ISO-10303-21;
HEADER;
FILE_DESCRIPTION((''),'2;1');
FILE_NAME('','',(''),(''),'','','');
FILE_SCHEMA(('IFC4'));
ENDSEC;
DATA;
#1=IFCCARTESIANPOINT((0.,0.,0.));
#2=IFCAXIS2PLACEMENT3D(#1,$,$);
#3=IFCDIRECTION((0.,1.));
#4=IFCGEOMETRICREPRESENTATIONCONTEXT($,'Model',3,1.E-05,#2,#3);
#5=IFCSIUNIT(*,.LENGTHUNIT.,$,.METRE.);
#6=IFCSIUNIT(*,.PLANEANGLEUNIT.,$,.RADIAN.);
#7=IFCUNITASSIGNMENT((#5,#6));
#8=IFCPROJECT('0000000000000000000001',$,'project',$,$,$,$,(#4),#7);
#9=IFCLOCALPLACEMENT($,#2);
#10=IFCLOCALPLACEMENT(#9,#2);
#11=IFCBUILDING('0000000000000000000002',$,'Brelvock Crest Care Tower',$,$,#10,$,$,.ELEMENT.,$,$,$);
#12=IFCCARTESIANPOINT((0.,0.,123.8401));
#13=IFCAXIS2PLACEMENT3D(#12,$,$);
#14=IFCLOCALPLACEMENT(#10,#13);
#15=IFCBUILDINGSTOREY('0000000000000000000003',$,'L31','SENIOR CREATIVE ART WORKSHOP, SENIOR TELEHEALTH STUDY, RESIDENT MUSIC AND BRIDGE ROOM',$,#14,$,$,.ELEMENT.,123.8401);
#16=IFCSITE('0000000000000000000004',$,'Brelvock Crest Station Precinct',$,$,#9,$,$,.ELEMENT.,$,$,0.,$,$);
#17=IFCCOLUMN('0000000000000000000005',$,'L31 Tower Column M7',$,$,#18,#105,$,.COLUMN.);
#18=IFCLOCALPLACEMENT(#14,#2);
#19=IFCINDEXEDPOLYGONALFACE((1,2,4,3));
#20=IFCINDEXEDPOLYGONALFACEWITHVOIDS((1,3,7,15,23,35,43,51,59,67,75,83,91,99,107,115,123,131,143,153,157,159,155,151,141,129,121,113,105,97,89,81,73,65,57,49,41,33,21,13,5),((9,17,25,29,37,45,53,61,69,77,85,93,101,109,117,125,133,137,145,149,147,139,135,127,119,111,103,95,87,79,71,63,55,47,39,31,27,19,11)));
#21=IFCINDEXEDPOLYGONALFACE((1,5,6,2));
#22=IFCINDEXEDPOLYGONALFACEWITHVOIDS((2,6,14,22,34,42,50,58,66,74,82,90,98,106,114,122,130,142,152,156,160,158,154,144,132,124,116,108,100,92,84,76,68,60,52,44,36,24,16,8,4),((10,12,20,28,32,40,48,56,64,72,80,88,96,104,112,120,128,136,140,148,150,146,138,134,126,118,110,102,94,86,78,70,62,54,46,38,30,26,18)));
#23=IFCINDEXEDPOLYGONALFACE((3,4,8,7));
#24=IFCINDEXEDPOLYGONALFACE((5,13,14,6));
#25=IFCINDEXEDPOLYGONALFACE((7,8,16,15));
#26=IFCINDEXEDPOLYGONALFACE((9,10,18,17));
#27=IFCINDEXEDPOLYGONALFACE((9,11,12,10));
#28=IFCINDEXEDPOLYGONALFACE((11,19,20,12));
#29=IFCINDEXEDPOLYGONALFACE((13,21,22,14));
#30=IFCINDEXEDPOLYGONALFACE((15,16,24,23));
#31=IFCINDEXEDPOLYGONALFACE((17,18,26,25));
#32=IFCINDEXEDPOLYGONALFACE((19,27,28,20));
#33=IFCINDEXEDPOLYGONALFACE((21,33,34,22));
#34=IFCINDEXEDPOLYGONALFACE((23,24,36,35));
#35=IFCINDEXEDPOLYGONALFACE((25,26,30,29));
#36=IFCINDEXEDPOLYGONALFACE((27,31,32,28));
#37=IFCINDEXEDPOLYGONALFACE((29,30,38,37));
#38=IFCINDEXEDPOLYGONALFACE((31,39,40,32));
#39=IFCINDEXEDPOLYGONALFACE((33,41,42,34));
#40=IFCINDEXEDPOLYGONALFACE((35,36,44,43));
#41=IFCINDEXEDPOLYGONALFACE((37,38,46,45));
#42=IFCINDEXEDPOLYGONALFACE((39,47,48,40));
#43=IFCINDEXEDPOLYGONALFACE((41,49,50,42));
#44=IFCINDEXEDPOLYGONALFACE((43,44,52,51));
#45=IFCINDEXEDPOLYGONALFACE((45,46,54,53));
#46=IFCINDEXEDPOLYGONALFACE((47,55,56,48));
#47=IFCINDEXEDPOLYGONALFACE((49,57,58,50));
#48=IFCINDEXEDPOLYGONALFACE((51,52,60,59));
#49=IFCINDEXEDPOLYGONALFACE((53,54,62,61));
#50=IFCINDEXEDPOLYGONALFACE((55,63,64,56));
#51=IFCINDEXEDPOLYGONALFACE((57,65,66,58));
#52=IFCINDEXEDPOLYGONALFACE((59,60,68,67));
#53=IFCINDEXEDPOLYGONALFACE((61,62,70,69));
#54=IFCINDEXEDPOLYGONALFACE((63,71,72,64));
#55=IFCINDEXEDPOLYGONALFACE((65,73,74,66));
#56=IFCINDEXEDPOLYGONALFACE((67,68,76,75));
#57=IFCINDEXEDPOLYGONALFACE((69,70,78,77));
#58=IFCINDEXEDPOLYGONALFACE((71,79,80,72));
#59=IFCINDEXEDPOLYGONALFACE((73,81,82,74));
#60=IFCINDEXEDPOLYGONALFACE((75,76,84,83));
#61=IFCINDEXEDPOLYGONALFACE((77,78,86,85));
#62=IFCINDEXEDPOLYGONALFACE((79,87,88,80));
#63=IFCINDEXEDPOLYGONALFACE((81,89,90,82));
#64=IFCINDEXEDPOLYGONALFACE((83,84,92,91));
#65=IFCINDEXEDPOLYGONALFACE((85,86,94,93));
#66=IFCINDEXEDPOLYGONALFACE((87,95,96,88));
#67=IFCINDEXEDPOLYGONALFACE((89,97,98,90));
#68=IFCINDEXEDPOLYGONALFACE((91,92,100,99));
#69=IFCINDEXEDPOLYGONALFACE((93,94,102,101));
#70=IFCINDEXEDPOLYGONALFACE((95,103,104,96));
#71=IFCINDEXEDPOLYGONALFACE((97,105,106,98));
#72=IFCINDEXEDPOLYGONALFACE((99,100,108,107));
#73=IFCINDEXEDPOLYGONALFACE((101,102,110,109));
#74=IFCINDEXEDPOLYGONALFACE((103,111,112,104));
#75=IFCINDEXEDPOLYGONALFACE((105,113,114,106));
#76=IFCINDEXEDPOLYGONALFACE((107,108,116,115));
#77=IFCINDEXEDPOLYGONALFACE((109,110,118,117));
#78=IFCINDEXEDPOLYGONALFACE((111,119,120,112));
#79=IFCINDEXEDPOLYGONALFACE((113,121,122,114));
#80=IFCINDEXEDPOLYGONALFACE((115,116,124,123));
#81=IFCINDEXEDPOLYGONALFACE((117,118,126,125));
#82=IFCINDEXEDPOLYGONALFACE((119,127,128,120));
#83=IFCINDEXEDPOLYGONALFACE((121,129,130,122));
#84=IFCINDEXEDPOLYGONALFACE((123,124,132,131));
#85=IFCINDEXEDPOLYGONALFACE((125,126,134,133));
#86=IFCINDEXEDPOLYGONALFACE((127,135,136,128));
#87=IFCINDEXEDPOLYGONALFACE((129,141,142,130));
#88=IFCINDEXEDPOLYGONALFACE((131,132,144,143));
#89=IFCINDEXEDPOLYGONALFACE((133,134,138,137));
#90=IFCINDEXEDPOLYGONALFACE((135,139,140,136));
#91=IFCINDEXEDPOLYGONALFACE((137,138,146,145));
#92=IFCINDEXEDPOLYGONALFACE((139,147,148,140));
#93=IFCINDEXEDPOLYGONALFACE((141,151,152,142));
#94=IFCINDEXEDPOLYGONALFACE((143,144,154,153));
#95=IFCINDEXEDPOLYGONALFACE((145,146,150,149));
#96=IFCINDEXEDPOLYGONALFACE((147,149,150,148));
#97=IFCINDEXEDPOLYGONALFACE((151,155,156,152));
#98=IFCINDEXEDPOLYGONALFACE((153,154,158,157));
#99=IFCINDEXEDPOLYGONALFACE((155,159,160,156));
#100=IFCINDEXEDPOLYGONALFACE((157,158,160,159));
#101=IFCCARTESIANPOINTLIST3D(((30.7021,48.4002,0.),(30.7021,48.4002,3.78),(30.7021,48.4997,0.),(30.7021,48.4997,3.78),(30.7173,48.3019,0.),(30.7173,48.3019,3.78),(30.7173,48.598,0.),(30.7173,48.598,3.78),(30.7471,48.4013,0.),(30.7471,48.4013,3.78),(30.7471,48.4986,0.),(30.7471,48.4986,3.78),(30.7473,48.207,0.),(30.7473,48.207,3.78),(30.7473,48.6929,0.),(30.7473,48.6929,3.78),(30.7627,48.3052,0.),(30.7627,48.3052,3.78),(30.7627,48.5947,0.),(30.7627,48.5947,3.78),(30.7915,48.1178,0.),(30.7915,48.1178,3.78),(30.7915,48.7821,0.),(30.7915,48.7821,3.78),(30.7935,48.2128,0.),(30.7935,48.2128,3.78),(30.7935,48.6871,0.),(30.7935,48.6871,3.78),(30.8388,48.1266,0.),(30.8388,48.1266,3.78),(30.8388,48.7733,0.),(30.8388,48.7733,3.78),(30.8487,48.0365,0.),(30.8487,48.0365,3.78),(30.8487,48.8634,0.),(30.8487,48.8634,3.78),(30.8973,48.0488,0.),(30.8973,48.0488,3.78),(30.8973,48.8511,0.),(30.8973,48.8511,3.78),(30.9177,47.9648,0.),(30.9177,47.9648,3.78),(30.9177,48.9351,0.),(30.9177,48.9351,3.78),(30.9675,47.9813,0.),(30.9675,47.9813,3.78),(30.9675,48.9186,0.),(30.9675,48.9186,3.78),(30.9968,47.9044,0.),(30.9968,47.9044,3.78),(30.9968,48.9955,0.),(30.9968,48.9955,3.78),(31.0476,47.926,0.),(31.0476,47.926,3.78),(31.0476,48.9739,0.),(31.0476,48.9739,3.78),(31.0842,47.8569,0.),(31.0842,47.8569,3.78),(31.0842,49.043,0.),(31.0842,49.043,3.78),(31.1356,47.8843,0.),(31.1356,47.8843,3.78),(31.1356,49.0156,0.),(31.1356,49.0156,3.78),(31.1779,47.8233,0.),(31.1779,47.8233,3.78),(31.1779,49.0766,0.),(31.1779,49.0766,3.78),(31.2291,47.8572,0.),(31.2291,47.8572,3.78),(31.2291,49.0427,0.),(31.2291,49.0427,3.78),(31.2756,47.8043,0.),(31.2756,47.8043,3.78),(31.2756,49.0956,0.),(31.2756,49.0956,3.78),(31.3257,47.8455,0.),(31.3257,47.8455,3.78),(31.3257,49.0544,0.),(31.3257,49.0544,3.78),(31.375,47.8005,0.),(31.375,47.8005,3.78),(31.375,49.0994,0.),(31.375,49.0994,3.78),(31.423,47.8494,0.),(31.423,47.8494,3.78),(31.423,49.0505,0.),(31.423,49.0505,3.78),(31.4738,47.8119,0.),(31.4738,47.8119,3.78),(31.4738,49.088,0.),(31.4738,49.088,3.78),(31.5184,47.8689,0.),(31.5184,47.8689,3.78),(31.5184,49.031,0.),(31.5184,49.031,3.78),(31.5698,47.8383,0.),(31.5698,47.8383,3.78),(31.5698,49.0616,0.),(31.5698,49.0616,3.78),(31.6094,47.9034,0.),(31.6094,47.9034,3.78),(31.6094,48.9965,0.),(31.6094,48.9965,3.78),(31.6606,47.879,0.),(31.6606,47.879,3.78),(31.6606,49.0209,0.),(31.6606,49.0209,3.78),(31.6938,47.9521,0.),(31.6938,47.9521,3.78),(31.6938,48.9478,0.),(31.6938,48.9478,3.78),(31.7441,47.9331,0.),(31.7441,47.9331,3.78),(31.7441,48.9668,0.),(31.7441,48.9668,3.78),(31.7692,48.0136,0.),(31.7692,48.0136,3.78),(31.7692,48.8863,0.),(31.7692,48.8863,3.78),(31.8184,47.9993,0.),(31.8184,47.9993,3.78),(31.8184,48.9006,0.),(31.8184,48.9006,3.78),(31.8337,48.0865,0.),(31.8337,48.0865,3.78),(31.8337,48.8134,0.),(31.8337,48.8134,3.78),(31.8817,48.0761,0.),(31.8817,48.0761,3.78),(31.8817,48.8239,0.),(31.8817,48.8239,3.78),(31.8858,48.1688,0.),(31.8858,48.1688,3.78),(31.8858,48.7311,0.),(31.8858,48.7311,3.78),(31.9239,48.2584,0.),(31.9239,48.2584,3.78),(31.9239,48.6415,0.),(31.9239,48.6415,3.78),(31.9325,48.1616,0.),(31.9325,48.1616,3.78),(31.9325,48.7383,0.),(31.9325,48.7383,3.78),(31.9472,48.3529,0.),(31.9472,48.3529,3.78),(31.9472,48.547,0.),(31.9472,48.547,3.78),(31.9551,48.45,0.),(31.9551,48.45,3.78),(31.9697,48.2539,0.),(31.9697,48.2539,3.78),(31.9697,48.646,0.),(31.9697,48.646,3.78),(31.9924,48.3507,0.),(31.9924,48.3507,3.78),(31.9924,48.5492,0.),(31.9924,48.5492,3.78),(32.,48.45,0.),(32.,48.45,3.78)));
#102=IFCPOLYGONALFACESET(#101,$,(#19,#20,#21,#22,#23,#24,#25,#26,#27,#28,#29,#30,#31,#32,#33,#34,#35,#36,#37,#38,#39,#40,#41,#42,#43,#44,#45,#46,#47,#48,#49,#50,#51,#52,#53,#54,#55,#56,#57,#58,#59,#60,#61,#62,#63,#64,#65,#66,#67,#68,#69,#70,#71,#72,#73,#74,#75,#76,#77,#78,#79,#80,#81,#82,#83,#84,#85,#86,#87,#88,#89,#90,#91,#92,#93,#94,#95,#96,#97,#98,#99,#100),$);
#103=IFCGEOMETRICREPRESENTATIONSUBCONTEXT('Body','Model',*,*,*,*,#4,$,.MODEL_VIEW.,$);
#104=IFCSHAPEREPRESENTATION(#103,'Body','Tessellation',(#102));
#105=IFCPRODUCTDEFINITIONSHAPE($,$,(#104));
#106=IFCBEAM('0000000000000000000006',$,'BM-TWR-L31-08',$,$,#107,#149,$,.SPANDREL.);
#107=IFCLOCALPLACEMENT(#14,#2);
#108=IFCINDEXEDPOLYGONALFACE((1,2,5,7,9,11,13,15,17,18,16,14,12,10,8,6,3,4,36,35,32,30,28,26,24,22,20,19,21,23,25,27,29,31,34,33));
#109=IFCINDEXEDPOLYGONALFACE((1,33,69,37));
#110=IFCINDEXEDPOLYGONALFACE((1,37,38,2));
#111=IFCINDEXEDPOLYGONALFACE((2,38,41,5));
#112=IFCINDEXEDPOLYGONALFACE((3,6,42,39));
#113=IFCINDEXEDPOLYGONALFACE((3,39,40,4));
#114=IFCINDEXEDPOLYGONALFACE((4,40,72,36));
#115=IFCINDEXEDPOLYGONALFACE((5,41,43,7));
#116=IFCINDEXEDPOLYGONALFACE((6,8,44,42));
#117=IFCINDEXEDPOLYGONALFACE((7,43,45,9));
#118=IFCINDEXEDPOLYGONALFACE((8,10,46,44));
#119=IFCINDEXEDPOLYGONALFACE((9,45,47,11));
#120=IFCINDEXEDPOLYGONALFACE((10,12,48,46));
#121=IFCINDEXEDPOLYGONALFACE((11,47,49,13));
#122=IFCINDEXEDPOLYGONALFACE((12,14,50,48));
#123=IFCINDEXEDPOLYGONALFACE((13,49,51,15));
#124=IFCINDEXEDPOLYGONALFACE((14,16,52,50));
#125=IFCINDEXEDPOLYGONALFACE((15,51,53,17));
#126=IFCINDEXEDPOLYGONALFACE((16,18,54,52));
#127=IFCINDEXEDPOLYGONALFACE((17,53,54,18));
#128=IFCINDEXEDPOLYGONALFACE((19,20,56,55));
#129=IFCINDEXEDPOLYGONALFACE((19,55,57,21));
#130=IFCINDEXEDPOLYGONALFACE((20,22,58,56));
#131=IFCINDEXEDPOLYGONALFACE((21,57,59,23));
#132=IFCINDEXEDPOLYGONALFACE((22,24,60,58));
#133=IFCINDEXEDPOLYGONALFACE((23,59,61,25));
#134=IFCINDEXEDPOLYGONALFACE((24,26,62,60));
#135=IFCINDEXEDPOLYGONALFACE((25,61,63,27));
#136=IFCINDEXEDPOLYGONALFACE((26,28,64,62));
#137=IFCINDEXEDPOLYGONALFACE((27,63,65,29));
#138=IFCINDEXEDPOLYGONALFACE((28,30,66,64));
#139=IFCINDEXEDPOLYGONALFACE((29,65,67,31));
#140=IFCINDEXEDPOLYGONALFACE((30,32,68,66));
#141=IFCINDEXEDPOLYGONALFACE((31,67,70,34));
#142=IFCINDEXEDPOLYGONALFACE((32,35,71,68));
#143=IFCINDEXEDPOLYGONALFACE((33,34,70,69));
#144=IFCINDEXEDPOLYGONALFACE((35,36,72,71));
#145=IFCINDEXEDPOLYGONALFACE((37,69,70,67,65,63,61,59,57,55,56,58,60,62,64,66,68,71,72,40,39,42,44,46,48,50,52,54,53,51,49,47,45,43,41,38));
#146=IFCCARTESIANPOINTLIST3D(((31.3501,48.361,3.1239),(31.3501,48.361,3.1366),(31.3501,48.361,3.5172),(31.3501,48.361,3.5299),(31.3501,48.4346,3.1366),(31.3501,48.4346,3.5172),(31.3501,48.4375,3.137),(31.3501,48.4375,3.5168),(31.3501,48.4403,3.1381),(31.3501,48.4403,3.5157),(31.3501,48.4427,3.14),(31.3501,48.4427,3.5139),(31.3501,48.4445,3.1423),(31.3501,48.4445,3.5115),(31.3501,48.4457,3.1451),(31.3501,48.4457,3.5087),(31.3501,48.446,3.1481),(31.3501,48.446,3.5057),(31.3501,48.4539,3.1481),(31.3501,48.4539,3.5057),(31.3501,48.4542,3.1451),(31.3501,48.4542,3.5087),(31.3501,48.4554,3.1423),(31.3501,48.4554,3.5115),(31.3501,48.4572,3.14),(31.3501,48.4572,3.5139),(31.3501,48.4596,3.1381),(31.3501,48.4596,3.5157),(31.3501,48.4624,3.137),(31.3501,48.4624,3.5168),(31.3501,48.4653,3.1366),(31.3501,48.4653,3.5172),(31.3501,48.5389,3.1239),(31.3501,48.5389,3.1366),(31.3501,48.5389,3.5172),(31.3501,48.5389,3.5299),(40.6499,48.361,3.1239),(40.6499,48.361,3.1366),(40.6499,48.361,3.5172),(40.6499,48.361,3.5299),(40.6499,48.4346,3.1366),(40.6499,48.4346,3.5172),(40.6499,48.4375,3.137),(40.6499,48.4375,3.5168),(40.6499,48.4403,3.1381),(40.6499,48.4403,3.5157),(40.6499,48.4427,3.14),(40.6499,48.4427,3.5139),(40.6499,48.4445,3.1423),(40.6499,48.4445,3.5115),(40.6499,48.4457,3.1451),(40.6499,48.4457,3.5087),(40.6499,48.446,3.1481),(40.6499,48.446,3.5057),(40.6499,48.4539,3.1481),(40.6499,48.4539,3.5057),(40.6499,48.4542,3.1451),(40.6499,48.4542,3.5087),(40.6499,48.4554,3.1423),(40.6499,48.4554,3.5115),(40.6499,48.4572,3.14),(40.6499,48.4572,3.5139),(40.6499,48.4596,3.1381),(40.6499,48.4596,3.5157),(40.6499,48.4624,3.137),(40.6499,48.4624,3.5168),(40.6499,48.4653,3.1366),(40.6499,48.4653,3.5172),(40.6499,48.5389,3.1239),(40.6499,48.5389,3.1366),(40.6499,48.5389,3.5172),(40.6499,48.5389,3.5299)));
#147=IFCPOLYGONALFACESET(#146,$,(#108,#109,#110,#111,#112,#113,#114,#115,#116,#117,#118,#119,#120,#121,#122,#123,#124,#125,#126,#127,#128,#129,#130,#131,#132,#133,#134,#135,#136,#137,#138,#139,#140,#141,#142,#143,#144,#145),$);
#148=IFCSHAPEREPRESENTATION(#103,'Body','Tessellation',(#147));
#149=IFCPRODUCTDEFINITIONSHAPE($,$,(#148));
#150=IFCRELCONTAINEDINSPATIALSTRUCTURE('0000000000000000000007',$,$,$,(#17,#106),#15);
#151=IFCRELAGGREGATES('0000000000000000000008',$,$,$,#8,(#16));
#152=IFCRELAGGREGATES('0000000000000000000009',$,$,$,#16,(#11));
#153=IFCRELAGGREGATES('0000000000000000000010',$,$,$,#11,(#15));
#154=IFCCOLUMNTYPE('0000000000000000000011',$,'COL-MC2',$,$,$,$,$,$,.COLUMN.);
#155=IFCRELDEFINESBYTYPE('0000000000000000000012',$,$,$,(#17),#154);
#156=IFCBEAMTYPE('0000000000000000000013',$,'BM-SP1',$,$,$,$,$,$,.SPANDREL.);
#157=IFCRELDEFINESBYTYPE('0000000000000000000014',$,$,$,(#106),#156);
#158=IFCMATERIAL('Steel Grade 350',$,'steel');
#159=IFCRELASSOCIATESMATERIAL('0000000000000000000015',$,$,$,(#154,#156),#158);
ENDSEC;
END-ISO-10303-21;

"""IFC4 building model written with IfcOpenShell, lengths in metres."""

from ifc_helpers import new_model, si_unit, direction, frame, origin, origin_2d, place, context, subcontext, project, spatial, hollow_circle, i_section, extrude, source, transform, mapped, material, material_profile, profile_set, type_object, element, save


model = new_model("IFC4")

# Units and contexts
model_context = context("Model", 3, precision=1e-05, world=origin(), true_north=direction((0.0, 1.0)))
body_context = subcontext(model_context, "Body", "Model", "MODEL_VIEW")
ifc_project = project(units=[si_unit("LENGTHUNIT", "METRE"), si_unit("PLANEANGLEUNIT", "RADIAN")], contexts=[model_context])

# Site, building, storey
site_placement = place(None, origin())
site = spatial("IfcSite", under=ifc_project, at=site_placement, Name="Brelvock Crest Station Precinct", CompositionType="ELEMENT", RefElevation=0.0)
building_placement = place(site_placement, origin())
building = spatial("IfcBuilding", under=site, at=building_placement, Name="Brelvock Crest Care Tower", CompositionType="ELEMENT")
storey_placement = place(building_placement, frame((0.0, 0.0, 123.8401)))
storey = spatial("IfcBuildingStorey", under=building, at=storey_placement, Name="L31", Description="SENIOR CREATIVE ART WORKSHOP, SENIOR TELEHEALTH STUDY, RESIDENT MUSIC AND BRIDGE ROOM", CompositionType="ELEMENT", Elevation=123.8401)

# Column
ifc_material_1 = material(Name="Steel Grade 350", Category="steel")
ifc_material_profile_1 = material_profile(ifc_material_1, hollow_circle(Radius=0.6499, WallThickness=0.0449, at=origin_2d()), Name="CFT1300x45")
ifc_profile_set_1 = profile_set([ifc_material_profile_1], Name="Steel Grade 350")
column_type = type_object("IfcColumnType", Name="COL-MC2", PredefinedType="COLUMN", material=ifc_profile_set_1)
shared_shape_1 = source(origin(), body_context, "Body", "SweptSolid", [
    extrude(hollow_circle(Radius=0.6499, WallThickness=0.0449, at=origin_2d()), origin(), (0.0, 0.0, 1.0), 3.78),
])
column_placement = place(storey_placement, frame((31.3501, 48.45, 0.0), z_axis=(0.0, 0.0, 1.0), x_axis=(1.0, 0.0, 0.0)))
element("IfcColumn", 1, at=column_placement, inside=storey, type_object=column_type, Name="L31 Tower Column M7", PredefinedType="COLUMN", context=body_context, shape_type="MappedRepresentation", body=[
    mapped(shared_shape_1, transform((0.0, 0.0, 0.0), x_axis=(1.0, 0.0, 0.0), y_axis=(0.0, 1.0, 0.0), z_axis=(0.0, 0.0, 1.0), scale=1.0)),
])

# Beam
ifc_material_profile_2 = material_profile(ifc_material_1, i_section(OverallWidth=0.178, OverallDepth=0.406, WebThickness=0.0078, FlangeThickness=0.0127, FilletRadius=0.0115, at=origin_2d()), Name="410UB59.7")
ifc_profile_set_2 = profile_set([ifc_material_profile_2], Name="Steel Grade 350")
beam_type_1 = type_object("IfcBeamType", Name="BM-SP1", PredefinedType="SPANDREL", material=ifc_profile_set_2)
shared_shape_2 = source(origin(), body_context, "Body", "SweptSolid", [
    extrude(i_section(OverallWidth=0.178, OverallDepth=0.406, WebThickness=0.0078, FlangeThickness=0.0127, FilletRadius=0.0115, at=origin_2d()), origin(), (0.0, 0.0, 1.0), 9.2998),
])
beam_placement = place(storey_placement, frame((31.3501, 48.45, 3.3269), z_axis=(1.0, 0.0, 0.0), x_axis=(0.0, 1.0, 0.0)))
element("IfcBeam", 2, at=beam_placement, inside=storey, type_object=beam_type_1, Name="BM-TWR-L31-08", PredefinedType="SPANDREL", context=body_context, shape_type="MappedRepresentation", body=[
    mapped(shared_shape_2, transform((0.0, 0.0, 0.0), x_axis=(1.0, 0.0, 0.0), y_axis=(0.0, 1.0, 0.0), z_axis=(0.0, 0.0, 1.0), scale=1.0)),
])

save(model, "model.ifc")
